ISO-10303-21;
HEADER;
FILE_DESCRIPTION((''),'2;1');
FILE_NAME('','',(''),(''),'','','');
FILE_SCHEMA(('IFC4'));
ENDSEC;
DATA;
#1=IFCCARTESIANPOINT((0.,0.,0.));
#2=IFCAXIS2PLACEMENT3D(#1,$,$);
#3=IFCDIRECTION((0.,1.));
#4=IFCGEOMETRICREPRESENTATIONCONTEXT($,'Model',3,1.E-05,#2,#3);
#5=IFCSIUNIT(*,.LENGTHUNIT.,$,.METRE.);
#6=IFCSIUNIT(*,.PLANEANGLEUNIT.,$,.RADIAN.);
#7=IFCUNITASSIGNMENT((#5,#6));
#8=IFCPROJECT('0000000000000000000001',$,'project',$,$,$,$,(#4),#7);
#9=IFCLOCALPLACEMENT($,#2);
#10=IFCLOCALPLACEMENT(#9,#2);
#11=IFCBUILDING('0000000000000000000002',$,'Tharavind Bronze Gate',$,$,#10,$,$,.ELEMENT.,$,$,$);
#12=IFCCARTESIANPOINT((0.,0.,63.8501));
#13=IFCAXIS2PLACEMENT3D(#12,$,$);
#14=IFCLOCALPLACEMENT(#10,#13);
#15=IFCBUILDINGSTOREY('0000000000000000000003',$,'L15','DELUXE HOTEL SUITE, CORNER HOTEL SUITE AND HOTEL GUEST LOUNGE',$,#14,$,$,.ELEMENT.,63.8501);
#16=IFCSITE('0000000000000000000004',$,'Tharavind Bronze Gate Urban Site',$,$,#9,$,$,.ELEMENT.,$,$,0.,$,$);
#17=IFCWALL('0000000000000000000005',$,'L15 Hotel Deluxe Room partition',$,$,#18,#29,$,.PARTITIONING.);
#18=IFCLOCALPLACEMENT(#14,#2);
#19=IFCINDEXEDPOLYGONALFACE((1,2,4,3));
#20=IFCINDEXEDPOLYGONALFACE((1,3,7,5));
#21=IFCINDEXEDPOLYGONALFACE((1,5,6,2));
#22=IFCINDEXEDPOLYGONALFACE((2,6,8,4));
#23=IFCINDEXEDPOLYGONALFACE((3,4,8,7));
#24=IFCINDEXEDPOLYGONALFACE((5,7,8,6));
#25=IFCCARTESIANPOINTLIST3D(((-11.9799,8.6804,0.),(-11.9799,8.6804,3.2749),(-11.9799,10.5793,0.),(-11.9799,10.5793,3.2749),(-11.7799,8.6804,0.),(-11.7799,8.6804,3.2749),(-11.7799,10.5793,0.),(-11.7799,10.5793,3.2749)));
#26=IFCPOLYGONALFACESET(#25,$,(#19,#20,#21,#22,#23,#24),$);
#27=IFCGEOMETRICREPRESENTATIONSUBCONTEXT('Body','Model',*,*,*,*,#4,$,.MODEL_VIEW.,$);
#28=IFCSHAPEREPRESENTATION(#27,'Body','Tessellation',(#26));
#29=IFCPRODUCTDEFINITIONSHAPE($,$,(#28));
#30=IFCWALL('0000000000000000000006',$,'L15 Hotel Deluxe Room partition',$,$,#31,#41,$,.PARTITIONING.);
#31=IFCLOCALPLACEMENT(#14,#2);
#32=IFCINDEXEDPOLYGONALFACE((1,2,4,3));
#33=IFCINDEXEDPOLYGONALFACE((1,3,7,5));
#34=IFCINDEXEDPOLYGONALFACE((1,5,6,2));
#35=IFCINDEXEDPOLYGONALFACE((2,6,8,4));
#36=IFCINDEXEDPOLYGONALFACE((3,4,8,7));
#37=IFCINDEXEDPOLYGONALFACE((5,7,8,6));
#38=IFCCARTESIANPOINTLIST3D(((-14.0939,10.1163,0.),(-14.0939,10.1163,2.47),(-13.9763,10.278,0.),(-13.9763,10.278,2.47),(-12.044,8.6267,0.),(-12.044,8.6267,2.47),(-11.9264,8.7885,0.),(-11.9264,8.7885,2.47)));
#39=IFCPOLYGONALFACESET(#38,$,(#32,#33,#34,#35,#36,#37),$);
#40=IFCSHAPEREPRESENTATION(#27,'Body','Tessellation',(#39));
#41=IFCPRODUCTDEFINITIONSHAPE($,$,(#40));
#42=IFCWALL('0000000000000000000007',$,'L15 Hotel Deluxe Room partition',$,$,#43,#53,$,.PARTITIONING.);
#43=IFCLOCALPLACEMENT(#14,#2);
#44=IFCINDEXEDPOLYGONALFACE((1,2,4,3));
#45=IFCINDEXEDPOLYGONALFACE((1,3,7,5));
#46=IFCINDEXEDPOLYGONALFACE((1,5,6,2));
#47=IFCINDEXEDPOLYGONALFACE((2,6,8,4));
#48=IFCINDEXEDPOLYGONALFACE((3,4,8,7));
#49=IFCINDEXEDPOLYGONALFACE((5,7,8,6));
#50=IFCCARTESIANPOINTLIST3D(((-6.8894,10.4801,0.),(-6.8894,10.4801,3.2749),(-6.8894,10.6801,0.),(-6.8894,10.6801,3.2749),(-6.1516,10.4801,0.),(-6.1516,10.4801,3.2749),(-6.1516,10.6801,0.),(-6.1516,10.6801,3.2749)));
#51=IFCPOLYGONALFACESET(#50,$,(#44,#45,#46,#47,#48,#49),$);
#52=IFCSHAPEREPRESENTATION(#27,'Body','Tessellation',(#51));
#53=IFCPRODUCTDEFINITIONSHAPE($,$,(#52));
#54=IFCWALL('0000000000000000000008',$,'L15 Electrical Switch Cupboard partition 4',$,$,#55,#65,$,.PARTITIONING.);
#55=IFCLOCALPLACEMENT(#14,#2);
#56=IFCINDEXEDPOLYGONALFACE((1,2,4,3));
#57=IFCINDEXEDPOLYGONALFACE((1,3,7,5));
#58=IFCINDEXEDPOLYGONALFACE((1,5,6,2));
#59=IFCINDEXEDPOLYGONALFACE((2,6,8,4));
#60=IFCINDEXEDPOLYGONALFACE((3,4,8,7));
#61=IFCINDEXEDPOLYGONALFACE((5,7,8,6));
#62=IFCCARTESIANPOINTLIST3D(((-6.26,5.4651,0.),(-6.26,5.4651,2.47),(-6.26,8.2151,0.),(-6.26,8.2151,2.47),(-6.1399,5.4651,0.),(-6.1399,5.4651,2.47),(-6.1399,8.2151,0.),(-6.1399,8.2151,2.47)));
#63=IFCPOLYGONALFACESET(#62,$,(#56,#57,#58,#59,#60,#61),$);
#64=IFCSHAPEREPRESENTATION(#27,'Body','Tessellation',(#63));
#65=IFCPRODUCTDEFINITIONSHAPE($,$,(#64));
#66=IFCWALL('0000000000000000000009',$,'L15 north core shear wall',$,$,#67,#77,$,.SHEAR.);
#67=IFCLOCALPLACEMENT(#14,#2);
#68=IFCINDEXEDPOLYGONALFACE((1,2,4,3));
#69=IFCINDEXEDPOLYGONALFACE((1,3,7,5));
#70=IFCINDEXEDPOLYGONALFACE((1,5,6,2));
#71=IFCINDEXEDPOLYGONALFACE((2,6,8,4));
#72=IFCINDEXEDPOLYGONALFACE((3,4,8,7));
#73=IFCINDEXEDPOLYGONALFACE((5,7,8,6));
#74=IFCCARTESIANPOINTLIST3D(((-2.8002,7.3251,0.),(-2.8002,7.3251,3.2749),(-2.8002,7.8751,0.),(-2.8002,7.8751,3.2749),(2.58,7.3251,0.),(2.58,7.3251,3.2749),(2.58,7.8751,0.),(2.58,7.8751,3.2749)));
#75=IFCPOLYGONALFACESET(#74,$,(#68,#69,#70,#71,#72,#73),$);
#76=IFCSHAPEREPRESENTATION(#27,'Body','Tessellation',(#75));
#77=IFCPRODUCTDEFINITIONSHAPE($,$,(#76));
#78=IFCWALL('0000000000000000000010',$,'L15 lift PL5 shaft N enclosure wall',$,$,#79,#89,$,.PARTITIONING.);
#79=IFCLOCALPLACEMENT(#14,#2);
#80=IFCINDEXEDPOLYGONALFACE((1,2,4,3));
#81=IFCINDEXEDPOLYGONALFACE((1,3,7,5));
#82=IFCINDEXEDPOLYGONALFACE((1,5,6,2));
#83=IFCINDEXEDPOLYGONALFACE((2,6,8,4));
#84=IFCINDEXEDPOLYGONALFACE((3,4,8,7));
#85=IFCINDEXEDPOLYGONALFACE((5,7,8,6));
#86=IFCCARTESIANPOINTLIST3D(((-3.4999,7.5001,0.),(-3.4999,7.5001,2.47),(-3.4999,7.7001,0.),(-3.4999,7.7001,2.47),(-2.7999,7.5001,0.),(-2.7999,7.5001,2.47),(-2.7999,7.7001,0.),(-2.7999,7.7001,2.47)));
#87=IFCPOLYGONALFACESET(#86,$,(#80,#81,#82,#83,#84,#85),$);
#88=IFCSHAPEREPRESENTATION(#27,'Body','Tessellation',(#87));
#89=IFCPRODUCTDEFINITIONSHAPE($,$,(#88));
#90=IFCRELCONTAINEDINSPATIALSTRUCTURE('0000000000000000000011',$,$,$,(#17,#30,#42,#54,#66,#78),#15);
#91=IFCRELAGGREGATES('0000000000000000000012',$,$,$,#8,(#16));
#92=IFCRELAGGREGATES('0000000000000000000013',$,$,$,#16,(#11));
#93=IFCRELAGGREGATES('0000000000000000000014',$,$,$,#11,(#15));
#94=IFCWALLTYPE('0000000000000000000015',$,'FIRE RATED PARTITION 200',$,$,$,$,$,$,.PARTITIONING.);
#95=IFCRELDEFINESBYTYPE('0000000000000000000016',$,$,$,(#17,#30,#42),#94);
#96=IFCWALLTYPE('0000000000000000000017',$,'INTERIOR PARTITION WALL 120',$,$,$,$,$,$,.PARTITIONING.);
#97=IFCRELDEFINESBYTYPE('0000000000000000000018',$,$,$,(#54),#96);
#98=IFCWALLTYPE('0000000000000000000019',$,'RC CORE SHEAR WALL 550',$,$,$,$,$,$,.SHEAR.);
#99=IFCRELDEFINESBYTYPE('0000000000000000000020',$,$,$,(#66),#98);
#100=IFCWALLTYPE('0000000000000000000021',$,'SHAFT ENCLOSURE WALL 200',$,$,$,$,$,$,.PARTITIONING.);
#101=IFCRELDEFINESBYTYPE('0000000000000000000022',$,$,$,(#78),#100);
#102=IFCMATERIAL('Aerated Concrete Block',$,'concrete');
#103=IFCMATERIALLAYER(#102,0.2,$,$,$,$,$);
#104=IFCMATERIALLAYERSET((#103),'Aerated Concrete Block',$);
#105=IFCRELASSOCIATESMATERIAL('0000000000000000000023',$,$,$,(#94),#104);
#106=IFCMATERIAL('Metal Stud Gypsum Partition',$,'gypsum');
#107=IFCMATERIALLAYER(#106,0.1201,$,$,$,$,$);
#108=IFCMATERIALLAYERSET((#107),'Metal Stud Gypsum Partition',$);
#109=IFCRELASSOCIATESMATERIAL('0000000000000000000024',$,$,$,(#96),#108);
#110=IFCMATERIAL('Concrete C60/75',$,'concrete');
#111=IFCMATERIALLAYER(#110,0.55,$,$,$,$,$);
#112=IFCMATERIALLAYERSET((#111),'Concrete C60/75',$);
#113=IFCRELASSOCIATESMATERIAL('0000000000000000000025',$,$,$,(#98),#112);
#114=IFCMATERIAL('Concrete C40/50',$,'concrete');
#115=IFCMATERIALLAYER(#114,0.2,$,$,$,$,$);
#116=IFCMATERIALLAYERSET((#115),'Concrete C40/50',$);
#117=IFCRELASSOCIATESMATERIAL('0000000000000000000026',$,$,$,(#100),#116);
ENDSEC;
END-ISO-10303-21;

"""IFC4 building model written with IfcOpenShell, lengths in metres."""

from ifc_helpers import new_model, si_unit, direction, frame, frame_2d, origin, place, context, subcontext, project, spatial, rectangle, extrude, material, layer, layer_set, type_object, element, save


model = new_model("IFC4")

# Units and contexts
model_context = context("Model", 3, precision=1e-05, world=origin(), true_north=direction((0.0, 1.0)))
body_context = subcontext(model_context, "Body", "Model", "MODEL_VIEW")
ifc_project = project(units=[si_unit("LENGTHUNIT", "METRE"), si_unit("PLANEANGLEUNIT", "RADIAN")], contexts=[model_context])

# Site, building, storey
site_placement = place(None, origin())
site = spatial("IfcSite", under=ifc_project, at=site_placement, Name="Tharavind Bronze Gate Urban Site", CompositionType="ELEMENT", RefElevation=0.0)
building_placement = place(site_placement, origin())
building = spatial("IfcBuilding", under=site, at=building_placement, Name="Tharavind Bronze Gate", CompositionType="ELEMENT")
storey_placement = place(building_placement, frame((0.0, 0.0, 63.8501)))
storey = spatial("IfcBuildingStorey", under=building, at=storey_placement, Name="L15", Description="DELUXE HOTEL SUITE, CORNER HOTEL SUITE AND HOTEL GUEST LOUNGE", CompositionType="ELEMENT", Elevation=63.8501)

# Shared definitions
ifc_material_1 = material(Name="Aerated Concrete Block", Category="concrete")
ifc_layer_1 = layer(ifc_material_1, 0.2)
ifc_layer_set_1 = layer_set([ifc_layer_1], Name="Aerated Concrete Block")
wall_type_1 = type_object("IfcWallType", Name="FIRE RATED PARTITION 200", PredefinedType="PARTITIONING", material=ifc_layer_set_1)

# Walls
wall_1_placement = place(storey_placement, frame((-11.8799, 10.5793, 0.0), z_axis=(0.0, 0.0, 1.0), x_axis=(0.0, -1.0, 0.0)))
element("IfcWall", 1, at=wall_1_placement, inside=storey, type_object=wall_type_1, Name="L15 Hotel Deluxe Room partition", PredefinedType="PARTITIONING", context=body_context, shape_type="SweptSolid", body=[
    extrude(rectangle(XDim=1.8989, YDim=0.2, at=frame_2d((0.9495, 0.0))), origin(), (0.0, 0.0, 1.0), 3.2749),
])
wall_2_placement = place(storey_placement, frame((-11.9851, 8.7075, 0.0), z_axis=(0.0, 0.0, 1.0), x_axis=(-0.808974, 0.587845, 0.0)))
element("IfcWall", 2, at=wall_2_placement, inside=storey, type_object=wall_type_1, Name="L15 Hotel Deluxe Room partition", PredefinedType="PARTITIONING", context=body_context, shape_type="SweptSolid", body=[
    extrude(rectangle(XDim=2.5339, YDim=0.2, at=frame_2d((1.2671, 0.0))), origin(), (0.0, 0.0, 1.0), 2.47),
])
wall_3_placement = place(storey_placement, frame((-6.1516, 10.5801, 0.0), z_axis=(0.0, 0.0, 1.0), x_axis=(-1.0, 0.0, 0.0)))
element("IfcWall", 3, at=wall_3_placement, inside=storey, type_object=wall_type_1, Name="L15 Hotel Deluxe Room partition", PredefinedType="PARTITIONING", context=body_context, shape_type="SweptSolid", body=[
    extrude(rectangle(XDim=0.7378, YDim=0.2, at=frame_2d((0.3689, 0.0))), origin(), (0.0, 0.0, 1.0), 3.2749),
])

# Walls
ifc_material_2 = material(Name="Metal Stud Gypsum Partition", Category="gypsum")
ifc_layer_2 = layer(ifc_material_2, 0.1201)
ifc_layer_set_2 = layer_set([ifc_layer_2], Name="Metal Stud Gypsum Partition")
wall_type_2 = type_object("IfcWallType", Name="INTERIOR PARTITION WALL 120", PredefinedType="PARTITIONING", material=ifc_layer_set_2)
wall_4_placement = place(storey_placement, frame((-6.2, 8.2151, 0.0), z_axis=(0.0, 0.0, 1.0), x_axis=(0.0, -1.0, 0.0)))
element("IfcWall", 4, at=wall_4_placement, inside=storey, type_object=wall_type_2, Name="L15 Electrical Switch Cupboard partition 4", PredefinedType="PARTITIONING", context=body_context, shape_type="SweptSolid", body=[
    extrude(rectangle(XDim=2.75, YDim=0.1201, at=frame_2d((1.375, 0.0))), origin(), (0.0, 0.0, 1.0), 2.47),
])
ifc_material_3 = material(Name="Concrete C60/75", Category="concrete")
ifc_layer_3 = layer(ifc_material_3, 0.55)
ifc_layer_set_3 = layer_set([ifc_layer_3], Name="Concrete C60/75")
wall_type_3 = type_object("IfcWallType", Name="RC CORE SHEAR WALL 550", PredefinedType="SHEAR", material=ifc_layer_set_3)
wall_5_placement = place(storey_placement, frame((-2.8, 7.6001, 0.0), z_axis=(0.0, 0.0, 1.0), x_axis=(1.0, 0.0, 0.0)))
element("IfcWall", 5, at=wall_5_placement, inside=storey, type_object=wall_type_3, Name="L15 north core shear wall", PredefinedType="SHEAR", context=body_context, shape_type="SweptSolid", body=[
    extrude(rectangle(XDim=5.3801, YDim=0.55, at=frame_2d((2.6899, 0.0))), origin(), (0.0, 0.0, 1.0), 3.2749),
])
ifc_material_4 = material(Name="Concrete C40/50", Category="concrete")
ifc_layer_4 = layer(ifc_material_4, 0.2)
ifc_layer_set_4 = layer_set([ifc_layer_4], Name="Concrete C40/50")
wall_type_4 = type_object("IfcWallType", Name="SHAFT ENCLOSURE WALL 200", PredefinedType="PARTITIONING", material=ifc_layer_set_4)
wall_6_placement = place(storey_placement, frame((-3.5, 7.6001, 0.0), z_axis=(0.0, 0.0, 1.0), x_axis=(1.0, 0.0, 0.0)))
element("IfcWall", 6, at=wall_6_placement, inside=storey, type_object=wall_type_4, Name="L15 lift PL5 shaft N enclosure wall", PredefinedType="PARTITIONING", context=body_context, shape_type="SweptSolid", body=[
    extrude(rectangle(XDim=0.7, YDim=0.2, at=frame_2d((0.3501, 0.0))), origin(), (0.0, 0.0, 1.0), 2.47),
])

save(model, "model.ifc")
